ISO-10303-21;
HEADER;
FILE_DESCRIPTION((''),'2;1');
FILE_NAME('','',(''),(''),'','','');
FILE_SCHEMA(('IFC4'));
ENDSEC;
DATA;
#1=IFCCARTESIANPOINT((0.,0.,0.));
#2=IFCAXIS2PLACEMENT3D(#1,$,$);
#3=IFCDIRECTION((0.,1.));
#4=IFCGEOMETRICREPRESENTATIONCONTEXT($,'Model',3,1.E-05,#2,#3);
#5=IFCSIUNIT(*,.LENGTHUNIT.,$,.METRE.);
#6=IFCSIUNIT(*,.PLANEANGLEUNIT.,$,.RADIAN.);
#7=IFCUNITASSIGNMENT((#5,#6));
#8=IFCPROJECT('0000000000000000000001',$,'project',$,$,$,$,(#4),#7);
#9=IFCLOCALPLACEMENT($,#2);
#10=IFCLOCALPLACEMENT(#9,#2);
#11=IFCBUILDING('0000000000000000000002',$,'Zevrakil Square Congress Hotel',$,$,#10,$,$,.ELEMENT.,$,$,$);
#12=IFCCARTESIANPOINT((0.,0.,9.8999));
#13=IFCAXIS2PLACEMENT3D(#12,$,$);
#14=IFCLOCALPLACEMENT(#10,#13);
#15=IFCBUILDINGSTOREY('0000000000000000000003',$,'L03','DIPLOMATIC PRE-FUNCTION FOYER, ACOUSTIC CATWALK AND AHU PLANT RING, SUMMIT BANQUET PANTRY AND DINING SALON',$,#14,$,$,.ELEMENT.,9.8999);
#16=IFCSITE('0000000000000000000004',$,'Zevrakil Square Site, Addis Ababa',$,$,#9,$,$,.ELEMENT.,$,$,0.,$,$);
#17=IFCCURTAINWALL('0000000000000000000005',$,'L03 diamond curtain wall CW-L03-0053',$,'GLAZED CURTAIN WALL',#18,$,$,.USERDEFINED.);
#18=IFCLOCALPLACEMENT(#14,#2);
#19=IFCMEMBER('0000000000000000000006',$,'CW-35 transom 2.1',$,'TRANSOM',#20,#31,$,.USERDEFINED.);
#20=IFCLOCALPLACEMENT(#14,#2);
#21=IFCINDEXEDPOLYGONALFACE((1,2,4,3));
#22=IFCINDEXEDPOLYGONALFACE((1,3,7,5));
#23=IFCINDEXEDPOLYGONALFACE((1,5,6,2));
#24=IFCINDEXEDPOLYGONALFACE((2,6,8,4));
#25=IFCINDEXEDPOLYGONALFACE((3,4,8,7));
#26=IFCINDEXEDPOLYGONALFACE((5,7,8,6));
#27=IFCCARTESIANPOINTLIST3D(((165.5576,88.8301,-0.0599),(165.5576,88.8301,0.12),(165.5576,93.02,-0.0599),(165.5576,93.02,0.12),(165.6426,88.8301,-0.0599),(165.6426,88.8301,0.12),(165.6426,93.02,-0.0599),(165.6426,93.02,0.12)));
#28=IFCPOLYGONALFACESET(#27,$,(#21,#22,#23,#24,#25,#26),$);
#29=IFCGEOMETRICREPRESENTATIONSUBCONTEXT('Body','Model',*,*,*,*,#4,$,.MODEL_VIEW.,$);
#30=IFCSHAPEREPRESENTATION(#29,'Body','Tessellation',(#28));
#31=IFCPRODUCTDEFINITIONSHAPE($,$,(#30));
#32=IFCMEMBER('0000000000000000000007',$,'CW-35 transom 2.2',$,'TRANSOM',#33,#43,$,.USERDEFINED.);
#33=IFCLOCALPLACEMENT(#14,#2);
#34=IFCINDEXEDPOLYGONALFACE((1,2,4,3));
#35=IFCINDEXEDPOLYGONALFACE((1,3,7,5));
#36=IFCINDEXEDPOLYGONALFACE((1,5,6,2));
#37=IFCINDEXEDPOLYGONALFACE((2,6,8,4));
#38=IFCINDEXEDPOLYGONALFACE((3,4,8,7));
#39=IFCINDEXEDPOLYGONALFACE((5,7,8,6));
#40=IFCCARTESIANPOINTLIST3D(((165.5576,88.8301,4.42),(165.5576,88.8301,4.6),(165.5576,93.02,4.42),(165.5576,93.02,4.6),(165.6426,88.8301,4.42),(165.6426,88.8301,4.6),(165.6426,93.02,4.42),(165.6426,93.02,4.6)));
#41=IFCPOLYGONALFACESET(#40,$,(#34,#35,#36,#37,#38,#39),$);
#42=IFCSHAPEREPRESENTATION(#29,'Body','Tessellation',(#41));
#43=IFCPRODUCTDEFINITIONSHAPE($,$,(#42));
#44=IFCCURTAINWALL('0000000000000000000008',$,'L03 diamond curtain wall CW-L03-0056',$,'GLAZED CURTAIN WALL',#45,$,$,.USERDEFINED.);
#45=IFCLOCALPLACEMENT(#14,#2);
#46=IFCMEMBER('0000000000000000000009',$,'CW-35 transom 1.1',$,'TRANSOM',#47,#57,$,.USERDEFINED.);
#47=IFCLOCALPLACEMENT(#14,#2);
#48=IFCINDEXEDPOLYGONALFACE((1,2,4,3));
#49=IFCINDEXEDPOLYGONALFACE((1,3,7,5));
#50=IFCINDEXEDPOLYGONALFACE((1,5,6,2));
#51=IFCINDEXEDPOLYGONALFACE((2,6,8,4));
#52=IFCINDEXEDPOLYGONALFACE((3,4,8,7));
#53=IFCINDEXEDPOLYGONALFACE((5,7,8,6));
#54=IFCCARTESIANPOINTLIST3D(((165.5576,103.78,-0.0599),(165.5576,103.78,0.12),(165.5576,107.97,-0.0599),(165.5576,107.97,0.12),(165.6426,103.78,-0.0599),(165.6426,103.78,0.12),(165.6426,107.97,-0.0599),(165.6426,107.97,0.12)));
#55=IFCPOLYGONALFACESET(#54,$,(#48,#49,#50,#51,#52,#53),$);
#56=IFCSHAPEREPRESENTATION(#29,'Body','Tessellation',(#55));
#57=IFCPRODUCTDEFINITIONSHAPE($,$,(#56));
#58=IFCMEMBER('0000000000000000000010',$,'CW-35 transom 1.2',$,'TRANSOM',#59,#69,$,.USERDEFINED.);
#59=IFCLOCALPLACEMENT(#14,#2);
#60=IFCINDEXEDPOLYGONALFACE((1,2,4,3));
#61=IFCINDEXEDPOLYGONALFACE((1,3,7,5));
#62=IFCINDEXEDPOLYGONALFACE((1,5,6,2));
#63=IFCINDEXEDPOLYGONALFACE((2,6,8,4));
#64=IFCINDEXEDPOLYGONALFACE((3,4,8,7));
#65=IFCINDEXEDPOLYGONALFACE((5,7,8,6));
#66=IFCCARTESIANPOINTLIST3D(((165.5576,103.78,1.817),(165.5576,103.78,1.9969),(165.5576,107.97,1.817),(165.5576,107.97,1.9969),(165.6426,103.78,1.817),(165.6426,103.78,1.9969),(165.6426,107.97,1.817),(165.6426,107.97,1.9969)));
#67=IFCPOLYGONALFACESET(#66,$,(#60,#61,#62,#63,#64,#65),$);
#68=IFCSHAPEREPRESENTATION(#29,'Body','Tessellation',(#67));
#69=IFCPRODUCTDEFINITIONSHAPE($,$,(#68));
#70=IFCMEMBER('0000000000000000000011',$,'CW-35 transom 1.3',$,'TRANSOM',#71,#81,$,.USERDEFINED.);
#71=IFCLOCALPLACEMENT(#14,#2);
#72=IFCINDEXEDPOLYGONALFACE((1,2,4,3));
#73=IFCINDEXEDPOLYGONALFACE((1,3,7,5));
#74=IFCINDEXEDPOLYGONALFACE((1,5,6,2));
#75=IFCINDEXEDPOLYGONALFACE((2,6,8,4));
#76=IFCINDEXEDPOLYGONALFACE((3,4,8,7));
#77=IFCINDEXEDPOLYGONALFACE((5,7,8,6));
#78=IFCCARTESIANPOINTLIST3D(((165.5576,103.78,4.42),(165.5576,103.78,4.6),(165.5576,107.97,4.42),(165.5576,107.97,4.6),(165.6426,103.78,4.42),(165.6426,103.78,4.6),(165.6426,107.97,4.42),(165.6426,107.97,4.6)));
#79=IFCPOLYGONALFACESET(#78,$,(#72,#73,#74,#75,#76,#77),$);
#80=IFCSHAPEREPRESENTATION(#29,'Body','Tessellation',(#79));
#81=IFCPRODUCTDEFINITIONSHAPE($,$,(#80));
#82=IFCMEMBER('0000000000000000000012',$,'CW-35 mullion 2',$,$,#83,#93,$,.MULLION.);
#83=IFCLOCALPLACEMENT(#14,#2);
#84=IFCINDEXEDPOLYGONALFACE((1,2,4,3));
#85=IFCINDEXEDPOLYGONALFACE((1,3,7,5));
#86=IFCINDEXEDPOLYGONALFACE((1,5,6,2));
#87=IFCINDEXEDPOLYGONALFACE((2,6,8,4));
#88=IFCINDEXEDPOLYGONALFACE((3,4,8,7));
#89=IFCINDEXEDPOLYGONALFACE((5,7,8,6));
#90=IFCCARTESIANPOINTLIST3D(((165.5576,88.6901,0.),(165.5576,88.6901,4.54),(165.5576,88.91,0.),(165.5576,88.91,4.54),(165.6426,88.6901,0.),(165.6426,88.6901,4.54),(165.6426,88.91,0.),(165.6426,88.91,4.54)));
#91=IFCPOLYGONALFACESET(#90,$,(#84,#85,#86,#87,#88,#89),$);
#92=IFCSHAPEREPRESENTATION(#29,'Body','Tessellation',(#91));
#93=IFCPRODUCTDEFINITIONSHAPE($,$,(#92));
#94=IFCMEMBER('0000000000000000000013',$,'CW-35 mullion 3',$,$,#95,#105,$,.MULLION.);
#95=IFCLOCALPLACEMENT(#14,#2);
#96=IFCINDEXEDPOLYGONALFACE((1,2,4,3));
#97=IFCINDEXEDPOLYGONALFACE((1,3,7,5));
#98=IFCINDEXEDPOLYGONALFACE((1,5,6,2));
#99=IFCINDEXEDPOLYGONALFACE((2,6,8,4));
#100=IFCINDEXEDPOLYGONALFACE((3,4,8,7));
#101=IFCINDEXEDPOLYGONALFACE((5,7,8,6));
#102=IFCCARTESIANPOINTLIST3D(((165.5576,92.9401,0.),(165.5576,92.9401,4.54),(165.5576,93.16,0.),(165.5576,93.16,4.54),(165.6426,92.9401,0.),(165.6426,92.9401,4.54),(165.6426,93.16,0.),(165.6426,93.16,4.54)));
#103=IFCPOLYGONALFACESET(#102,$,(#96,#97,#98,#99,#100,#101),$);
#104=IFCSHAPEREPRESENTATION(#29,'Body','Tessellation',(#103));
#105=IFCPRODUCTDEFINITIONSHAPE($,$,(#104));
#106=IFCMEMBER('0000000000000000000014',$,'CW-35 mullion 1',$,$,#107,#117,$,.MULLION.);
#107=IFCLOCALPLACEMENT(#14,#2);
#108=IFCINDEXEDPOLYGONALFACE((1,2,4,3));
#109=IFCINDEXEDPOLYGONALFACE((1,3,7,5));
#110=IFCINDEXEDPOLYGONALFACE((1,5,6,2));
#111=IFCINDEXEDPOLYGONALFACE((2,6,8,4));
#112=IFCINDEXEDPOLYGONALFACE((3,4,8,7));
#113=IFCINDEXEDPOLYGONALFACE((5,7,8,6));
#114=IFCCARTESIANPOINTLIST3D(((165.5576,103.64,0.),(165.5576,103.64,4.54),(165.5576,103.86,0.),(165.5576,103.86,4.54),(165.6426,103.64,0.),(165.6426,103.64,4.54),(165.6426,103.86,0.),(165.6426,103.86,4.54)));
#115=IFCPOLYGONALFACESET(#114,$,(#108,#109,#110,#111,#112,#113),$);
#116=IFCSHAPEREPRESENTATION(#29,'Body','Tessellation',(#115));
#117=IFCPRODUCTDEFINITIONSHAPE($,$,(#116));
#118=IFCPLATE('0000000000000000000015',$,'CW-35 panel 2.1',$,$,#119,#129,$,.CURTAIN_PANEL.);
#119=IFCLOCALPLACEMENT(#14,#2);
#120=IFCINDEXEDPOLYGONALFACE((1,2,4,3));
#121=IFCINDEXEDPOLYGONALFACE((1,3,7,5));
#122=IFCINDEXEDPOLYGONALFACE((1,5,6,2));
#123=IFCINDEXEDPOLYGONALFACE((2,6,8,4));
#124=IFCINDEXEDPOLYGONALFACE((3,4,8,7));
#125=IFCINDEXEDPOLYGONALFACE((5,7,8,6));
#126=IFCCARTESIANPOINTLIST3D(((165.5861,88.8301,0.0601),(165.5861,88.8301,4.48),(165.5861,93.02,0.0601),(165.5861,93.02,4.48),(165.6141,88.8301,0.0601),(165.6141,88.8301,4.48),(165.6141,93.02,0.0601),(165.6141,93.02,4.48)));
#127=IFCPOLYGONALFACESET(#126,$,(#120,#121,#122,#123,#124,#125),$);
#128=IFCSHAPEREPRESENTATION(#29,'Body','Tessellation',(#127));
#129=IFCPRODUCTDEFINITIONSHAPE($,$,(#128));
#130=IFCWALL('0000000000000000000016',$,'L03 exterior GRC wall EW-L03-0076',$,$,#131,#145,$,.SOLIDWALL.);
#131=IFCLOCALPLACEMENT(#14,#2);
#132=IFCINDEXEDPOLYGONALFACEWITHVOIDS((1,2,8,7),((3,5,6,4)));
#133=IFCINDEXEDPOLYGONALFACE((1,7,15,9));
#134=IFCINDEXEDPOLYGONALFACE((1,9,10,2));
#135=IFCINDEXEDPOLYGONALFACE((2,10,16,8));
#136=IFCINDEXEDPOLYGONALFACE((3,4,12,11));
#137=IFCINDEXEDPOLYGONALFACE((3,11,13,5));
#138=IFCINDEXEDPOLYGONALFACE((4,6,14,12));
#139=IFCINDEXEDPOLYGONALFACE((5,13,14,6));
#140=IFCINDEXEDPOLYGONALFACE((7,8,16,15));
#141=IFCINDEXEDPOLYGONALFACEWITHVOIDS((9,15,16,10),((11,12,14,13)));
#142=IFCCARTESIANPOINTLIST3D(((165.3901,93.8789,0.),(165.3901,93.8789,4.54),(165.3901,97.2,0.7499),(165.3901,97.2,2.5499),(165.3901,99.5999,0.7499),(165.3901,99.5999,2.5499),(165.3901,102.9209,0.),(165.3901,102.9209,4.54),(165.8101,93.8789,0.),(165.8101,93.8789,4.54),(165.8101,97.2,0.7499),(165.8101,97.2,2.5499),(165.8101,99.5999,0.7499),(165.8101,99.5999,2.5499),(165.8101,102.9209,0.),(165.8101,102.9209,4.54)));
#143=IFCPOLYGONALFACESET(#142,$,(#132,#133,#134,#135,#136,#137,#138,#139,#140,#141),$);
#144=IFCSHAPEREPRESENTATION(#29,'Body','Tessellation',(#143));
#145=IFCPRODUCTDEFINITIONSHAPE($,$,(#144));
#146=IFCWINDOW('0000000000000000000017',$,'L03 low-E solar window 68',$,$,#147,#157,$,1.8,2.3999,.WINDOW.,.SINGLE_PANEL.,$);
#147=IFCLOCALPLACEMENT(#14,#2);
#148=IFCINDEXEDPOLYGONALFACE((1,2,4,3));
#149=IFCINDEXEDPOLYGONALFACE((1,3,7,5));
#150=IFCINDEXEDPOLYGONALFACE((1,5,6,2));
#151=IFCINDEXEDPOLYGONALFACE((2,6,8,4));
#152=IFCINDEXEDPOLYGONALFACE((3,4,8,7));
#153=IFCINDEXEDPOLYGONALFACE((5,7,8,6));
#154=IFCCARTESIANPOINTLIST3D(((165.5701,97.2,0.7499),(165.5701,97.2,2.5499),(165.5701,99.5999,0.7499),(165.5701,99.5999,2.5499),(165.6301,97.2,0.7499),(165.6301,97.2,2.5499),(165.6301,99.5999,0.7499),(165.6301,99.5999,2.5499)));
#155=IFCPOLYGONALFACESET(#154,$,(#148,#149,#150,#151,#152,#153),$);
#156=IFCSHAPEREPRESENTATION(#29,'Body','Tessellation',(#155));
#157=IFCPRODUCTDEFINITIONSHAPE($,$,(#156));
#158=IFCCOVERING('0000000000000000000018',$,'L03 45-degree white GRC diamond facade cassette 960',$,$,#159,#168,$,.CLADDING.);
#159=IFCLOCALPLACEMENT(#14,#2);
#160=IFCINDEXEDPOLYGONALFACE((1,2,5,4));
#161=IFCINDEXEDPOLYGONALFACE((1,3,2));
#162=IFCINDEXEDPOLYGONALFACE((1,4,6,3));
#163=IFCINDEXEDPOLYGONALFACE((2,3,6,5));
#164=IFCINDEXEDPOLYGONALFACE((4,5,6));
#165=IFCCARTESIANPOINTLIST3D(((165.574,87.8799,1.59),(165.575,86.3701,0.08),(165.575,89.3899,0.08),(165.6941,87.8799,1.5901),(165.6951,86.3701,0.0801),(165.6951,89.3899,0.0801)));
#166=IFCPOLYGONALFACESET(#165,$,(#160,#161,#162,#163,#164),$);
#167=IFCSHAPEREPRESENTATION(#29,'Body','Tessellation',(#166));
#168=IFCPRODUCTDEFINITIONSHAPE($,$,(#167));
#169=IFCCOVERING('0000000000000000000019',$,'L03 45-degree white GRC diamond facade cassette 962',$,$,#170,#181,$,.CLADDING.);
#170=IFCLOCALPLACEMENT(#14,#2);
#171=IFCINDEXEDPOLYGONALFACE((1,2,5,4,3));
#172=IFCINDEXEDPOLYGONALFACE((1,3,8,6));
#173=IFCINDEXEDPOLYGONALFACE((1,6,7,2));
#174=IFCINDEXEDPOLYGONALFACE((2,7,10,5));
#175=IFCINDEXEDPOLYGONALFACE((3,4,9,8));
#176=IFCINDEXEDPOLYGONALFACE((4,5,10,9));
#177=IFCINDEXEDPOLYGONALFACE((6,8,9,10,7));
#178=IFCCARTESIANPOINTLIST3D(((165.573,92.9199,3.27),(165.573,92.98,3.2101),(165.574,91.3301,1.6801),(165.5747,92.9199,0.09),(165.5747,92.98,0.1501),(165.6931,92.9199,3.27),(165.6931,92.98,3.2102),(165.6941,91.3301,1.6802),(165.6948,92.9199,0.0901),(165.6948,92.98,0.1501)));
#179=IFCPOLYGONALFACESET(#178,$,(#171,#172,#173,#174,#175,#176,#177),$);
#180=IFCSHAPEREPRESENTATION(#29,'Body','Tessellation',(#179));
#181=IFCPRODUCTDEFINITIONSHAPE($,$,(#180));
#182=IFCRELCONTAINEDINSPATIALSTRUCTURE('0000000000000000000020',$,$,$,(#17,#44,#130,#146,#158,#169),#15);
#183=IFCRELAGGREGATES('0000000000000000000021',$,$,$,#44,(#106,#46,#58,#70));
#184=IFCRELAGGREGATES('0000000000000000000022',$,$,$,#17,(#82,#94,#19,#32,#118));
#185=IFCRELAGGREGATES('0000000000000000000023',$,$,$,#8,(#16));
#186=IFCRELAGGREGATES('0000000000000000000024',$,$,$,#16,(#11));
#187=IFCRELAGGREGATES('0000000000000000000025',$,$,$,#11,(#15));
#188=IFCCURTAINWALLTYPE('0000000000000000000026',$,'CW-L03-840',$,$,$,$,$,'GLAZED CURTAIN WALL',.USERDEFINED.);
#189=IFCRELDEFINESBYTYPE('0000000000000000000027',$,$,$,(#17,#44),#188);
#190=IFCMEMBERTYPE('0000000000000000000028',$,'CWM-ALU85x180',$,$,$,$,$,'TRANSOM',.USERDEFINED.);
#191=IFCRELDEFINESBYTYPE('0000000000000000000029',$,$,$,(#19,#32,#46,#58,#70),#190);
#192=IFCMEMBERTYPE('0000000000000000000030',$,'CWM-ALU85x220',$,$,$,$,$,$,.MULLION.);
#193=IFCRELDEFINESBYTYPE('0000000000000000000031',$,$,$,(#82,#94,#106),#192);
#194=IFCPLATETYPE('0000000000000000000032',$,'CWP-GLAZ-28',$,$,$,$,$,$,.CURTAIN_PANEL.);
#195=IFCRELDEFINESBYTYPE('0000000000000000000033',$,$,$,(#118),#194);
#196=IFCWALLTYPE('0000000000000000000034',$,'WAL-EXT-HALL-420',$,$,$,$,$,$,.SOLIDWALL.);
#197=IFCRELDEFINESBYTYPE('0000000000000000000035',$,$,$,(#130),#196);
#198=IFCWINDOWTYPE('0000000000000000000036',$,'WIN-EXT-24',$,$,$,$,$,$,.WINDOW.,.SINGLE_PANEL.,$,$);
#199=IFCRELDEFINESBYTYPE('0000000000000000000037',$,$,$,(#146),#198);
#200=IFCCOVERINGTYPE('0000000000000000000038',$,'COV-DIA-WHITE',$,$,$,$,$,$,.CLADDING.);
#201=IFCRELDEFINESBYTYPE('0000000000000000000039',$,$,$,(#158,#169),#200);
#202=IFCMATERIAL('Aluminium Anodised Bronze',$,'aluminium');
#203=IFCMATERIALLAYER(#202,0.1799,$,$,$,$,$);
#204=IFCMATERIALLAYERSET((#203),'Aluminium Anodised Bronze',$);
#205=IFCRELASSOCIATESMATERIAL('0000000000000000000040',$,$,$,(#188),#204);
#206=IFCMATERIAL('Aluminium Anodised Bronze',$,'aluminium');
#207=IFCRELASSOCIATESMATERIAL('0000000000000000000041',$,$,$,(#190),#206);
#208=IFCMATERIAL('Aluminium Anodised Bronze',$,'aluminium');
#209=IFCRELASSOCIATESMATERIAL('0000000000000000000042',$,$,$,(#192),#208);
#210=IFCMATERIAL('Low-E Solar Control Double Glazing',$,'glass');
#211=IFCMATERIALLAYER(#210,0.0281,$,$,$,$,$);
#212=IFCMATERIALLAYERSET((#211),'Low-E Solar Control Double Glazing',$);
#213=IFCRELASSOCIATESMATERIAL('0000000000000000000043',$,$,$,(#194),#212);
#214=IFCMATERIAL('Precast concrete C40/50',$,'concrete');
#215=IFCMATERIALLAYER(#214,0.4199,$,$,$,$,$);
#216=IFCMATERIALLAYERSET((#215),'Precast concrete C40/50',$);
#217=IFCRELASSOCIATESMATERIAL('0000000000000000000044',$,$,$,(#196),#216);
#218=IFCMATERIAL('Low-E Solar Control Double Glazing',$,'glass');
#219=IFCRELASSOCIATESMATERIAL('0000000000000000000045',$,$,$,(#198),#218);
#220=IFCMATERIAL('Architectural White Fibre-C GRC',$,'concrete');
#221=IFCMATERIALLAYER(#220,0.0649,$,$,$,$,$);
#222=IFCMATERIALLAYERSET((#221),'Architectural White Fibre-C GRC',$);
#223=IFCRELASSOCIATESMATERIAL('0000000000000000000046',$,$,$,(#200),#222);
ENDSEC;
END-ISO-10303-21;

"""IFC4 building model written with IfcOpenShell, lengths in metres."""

from ifc_helpers import new_model, si_unit, direction, frame, frame_2d, origin, origin_2d, place, context, subcontext, project, spatial, polyline, rectangle, outline, extrude, material, layer, layer_set, material_profile, profile_set, type_object, element, fill, aggregate, save


model = new_model("IFC4")

# Units and contexts
model_context = context("Model", 3, precision=1e-05, world=origin(), true_north=direction((0.0, 1.0)))
body_context = subcontext(model_context, "Body", "Model", "MODEL_VIEW")
ifc_project = project(units=[si_unit("LENGTHUNIT", "METRE"), si_unit("PLANEANGLEUNIT", "RADIAN")], contexts=[model_context])

# Site, building, storey
site_placement = place(None, origin())
site = spatial("IfcSite", under=ifc_project, at=site_placement, Name="Zevrakil Square Site, Addis Ababa", CompositionType="ELEMENT", RefElevation=0.0)
building_placement = place(site_placement, origin())
building = spatial("IfcBuilding", under=site, at=building_placement, Name="Zevrakil Square Congress Hotel", CompositionType="ELEMENT")
storey_placement = place(building_placement, frame((0.0, 0.0, 9.8999)))
storey = spatial("IfcBuildingStorey", under=building, at=storey_placement, Name="L03", Description="DIPLOMATIC PRE-FUNCTION FOYER, ACOUSTIC CATWALK AND AHU PLANT RING, SUMMIT BANQUET PANTRY AND DINING SALON", CompositionType="ELEMENT", Elevation=9.8999)

# Curtain walls, members
ifc_material_1 = material(Name="Aluminium Anodised Bronze", Category="aluminium")
ifc_layer_1 = layer(ifc_material_1, 0.1799)
ifc_layer_set_1 = layer_set([ifc_layer_1], Name="Aluminium Anodised Bronze")
curtain_wall_type = type_object("IfcCurtainWallType", Name="CW-L03-840", ElementType="GLAZED CURTAIN WALL", PredefinedType="USERDEFINED", material=ifc_layer_set_1)
curtain_wall_1_placement = place(storey_placement, origin())
curtain_wall_1 = element("IfcCurtainWall", 1, at=curtain_wall_1_placement, inside=storey, type_object=curtain_wall_type, Name="L03 diamond curtain wall CW-L03-0053", ObjectType="GLAZED CURTAIN WALL", PredefinedType="USERDEFINED")
ifc_material_2 = material(Name="Aluminium Anodised Bronze", Category="aluminium")
ifc_material_profile_1 = material_profile(ifc_material_2, rectangle(XDim=0.085, YDim=0.1799, at=origin_2d()), Name="ALU 85x180")
ifc_profile_set_1 = profile_set([ifc_material_profile_1], Name="Aluminium Anodised Bronze")
member_type_1 = type_object("IfcMemberType", Name="CWM-ALU85x180", ElementType="TRANSOM", PredefinedType="USERDEFINED", material=ifc_profile_set_1)
member_1_placement = place(storey_placement, frame((165.6001, 88.8301, 0.03), z_axis=(0.0, 1.0, 0.0), x_axis=(-1.0, 0.0, 0.0)))
member_1 = element("IfcMember", 2, at=member_1_placement, type_object=member_type_1, Name="CW-35 transom 2.1", ObjectType="TRANSOM", PredefinedType="USERDEFINED", context=body_context, shape_type="SweptSolid", body=[
    extrude(rectangle(XDim=0.085, YDim=0.1799, at=origin_2d()), origin(), (0.0, 0.0, 1.0), 4.1899),
])
member_2_placement = place(storey_placement, frame((165.6001, 88.8301, 4.51), z_axis=(0.0, 1.0, 0.0), x_axis=(-1.0, 0.0, 0.0)))
member_2 = element("IfcMember", 3, at=member_2_placement, type_object=member_type_1, Name="CW-35 transom 2.2", ObjectType="TRANSOM", PredefinedType="USERDEFINED", context=body_context, shape_type="SweptSolid", body=[
    extrude(rectangle(XDim=0.085, YDim=0.1799, at=origin_2d()), origin(), (0.0, 0.0, 1.0), 4.1899),
])
curtain_wall_2_placement = place(storey_placement, origin())
curtain_wall_2 = element("IfcCurtainWall", 4, at=curtain_wall_2_placement, inside=storey, type_object=curtain_wall_type, Name="L03 diamond curtain wall CW-L03-0056", ObjectType="GLAZED CURTAIN WALL", PredefinedType="USERDEFINED")
member_3_placement = place(storey_placement, frame((165.6001, 103.78, 0.03), z_axis=(0.0, 1.0, 0.0), x_axis=(-1.0, 0.0, 0.0)))
member_3 = element("IfcMember", 5, at=member_3_placement, type_object=member_type_1, Name="CW-35 transom 1.1", ObjectType="TRANSOM", PredefinedType="USERDEFINED", context=body_context, shape_type="SweptSolid", body=[
    extrude(rectangle(XDim=0.085, YDim=0.1799, at=origin_2d()), origin(), (0.0, 0.0, 1.0), 4.1899),
])
member_4_placement = place(storey_placement, frame((165.6001, 103.78, 1.907), z_axis=(0.0, 1.0, 0.0), x_axis=(-1.0, 0.0, 0.0)))
member_4 = element("IfcMember", 6, at=member_4_placement, type_object=member_type_1, Name="CW-35 transom 1.2", ObjectType="TRANSOM", PredefinedType="USERDEFINED", context=body_context, shape_type="SweptSolid", body=[
    extrude(rectangle(XDim=0.085, YDim=0.1799, at=origin_2d()), origin(), (0.0, 0.0, 1.0), 4.1899),
])
member_5_placement = place(storey_placement, frame((165.6001, 103.78, 4.51), z_axis=(0.0, 1.0, 0.0), x_axis=(-1.0, 0.0, 0.0)))
member_5 = element("IfcMember", 7, at=member_5_placement, type_object=member_type_1, Name="CW-35 transom 1.3", ObjectType="TRANSOM", PredefinedType="USERDEFINED", context=body_context, shape_type="SweptSolid", body=[
    extrude(rectangle(XDim=0.085, YDim=0.1799, at=origin_2d()), origin(), (0.0, 0.0, 1.0), 4.1899),
])

# Members
ifc_material_3 = material(Name="Aluminium Anodised Bronze", Category="aluminium")
ifc_material_profile_2 = material_profile(ifc_material_3, rectangle(XDim=0.085, YDim=0.22, at=origin_2d()), Name="ALU 85x220")
ifc_profile_set_2 = profile_set([ifc_material_profile_2], Name="Aluminium Anodised Bronze")
member_type_2 = type_object("IfcMemberType", Name="CWM-ALU85x220", PredefinedType="MULLION", material=ifc_profile_set_2)
member_6_placement = place(storey_placement, frame((165.6001, 88.8, 0.0), z_axis=(0.0, 0.0, 1.0), x_axis=(-1.0, 0.0, 0.0)))
member_6 = element("IfcMember", 8, at=member_6_placement, type_object=member_type_2, Name="CW-35 mullion 2", PredefinedType="MULLION", context=body_context, shape_type="SweptSolid", body=[
    extrude(rectangle(XDim=0.085, YDim=0.22, at=origin_2d()), origin(), (0.0, 0.0, 1.0), 4.54),
])
member_7_placement = place(storey_placement, frame((165.6001, 93.05, 0.0), z_axis=(0.0, 0.0, 1.0), x_axis=(-1.0, 0.0, 0.0)))
member_7 = element("IfcMember", 9, at=member_7_placement, type_object=member_type_2, Name="CW-35 mullion 3", PredefinedType="MULLION", context=body_context, shape_type="SweptSolid", body=[
    extrude(rectangle(XDim=0.085, YDim=0.22, at=origin_2d()), origin(), (0.0, 0.0, 1.0), 4.54),
])
member_8_placement = place(storey_placement, frame((165.6001, 103.75, 0.0), z_axis=(0.0, 0.0, 1.0), x_axis=(-1.0, 0.0, 0.0)))
member_8 = element("IfcMember", 10, at=member_8_placement, type_object=member_type_2, Name="CW-35 mullion 1", PredefinedType="MULLION", context=body_context, shape_type="SweptSolid", body=[
    extrude(rectangle(XDim=0.085, YDim=0.22, at=origin_2d()), origin(), (0.0, 0.0, 1.0), 4.54),
])
aggregate(curtain_wall_2, [member_8, member_3, member_4, member_5])

# Plate
ifc_material_4 = material(Name="Low-E Solar Control Double Glazing", Category="glass")
ifc_layer_2 = layer(ifc_material_4, 0.0281)
ifc_layer_set_2 = layer_set([ifc_layer_2], Name="Low-E Solar Control Double Glazing")
plate_type = type_object("IfcPlateType", Name="CWP-GLAZ-28", PredefinedType="CURTAIN_PANEL", material=ifc_layer_set_2)
plate_placement = place(storey_placement, frame((165.6001, 90.925, 0.0601), z_axis=(0.0, 0.0, 1.0), x_axis=(0.0, 1.0, 0.0)))
plate = element("IfcPlate", 11, at=plate_placement, type_object=plate_type, Name="CW-35 panel 2.1", PredefinedType="CURTAIN_PANEL", context=body_context, shape_type="SweptSolid", body=[
    extrude(rectangle(XDim=4.1899, YDim=0.0281, at=origin_2d()), origin(), (0.0, 0.0, 1.0), 4.4199),
])
aggregate(curtain_wall_1, [member_6, member_7, member_1, member_2, plate])

# Wall, opening, window
ifc_material_5 = material(Name="Precast concrete C40/50", Category="concrete")
ifc_layer_3 = layer(ifc_material_5, 0.4199)
ifc_layer_set_3 = layer_set([ifc_layer_3], Name="Precast concrete C40/50")
wall_type = type_object("IfcWallType", Name="WAL-EXT-HALL-420", PredefinedType="SOLIDWALL", material=ifc_layer_set_3)
wall_placement = place(storey_placement, frame((165.6001, 93.8789, 0.0), z_axis=(0.0, 0.0, 1.0), x_axis=(0.0, 1.0, 0.0)))
wall = element("IfcWall", 12, at=wall_placement, inside=storey, type_object=wall_type, Name="L03 exterior GRC wall EW-L03-0076", PredefinedType="SOLIDWALL", context=body_context, shape_type="SweptSolid", body=[
    extrude(rectangle(XDim=9.042, YDim=0.4199, at=frame_2d((4.521, 0.0))), origin(), (0.0, 0.0, 1.0), 4.54),
])
opening_placement = place(wall_placement, frame((3.321, 0.0, 0.75)))
opening = element("IfcOpeningElement", 13, at=opening_placement, cuts=wall, PredefinedType="OPENING", context=body_context, shape_type="SweptSolid", body=[
    extrude(rectangle(XDim=2.3999, YDim=1.8, at=frame_2d((1.2, 0.8999))), frame((0.0, 0.22, 0.0), z_axis=(0.0, -1.0, 0.0), x_axis=(1.0, 0.0, 0.0)), (0.0, 0.0, 1.0), 0.4399),
])
ifc_material_6 = material(Name="Low-E Solar Control Double Glazing", Category="glass")
window_type = type_object("IfcWindowType", Name="WIN-EXT-24", PartitioningType="SINGLE_PANEL", PredefinedType="WINDOW", material=ifc_material_6)
window_placement = place(opening_placement, origin())
window = element("IfcWindow", 14, at=window_placement, inside=storey, type_object=window_type, Name="L03 low-E solar window 68", OverallHeight=1.8, OverallWidth=2.3999, PartitioningType="SINGLE_PANEL", PredefinedType="WINDOW", context=body_context, shape_type="SweptSolid", body=[
    extrude(rectangle(XDim=2.3999, YDim=1.8, at=frame_2d((1.2, 0.8999))), frame((0.0, 0.03, 0.0), z_axis=(0.0, -1.0, 0.0), x_axis=(1.0, 0.0, 0.0)), (0.0, 0.0, 1.0), 0.0601),
])
fill(opening, window)

# Coverings
ifc_material_7 = material(Name="Architectural White Fibre-C GRC", Category="concrete")
ifc_layer_4 = layer(ifc_material_7, 0.0649)
ifc_layer_set_4 = layer_set([ifc_layer_4], Name="Architectural White Fibre-C GRC")
covering_type_1 = type_object("IfcCoveringType", Name="COV-DIA-WHITE", PredefinedType="CLADDING", material=ifc_layer_set_4)
covering_1_placement = place(storey_placement, frame((165.6941, 87.8799, 1.5901), z_axis=(1.0, 0.0, 0.000647), x_axis=(0.000457, 0.707107, -0.707107)))
element("IfcCovering", 15, at=covering_1_placement, inside=storey, type_object=covering_type_1, Name="L03 45-degree white GRC diamond facade cassette 960", PredefinedType="CLADDING", context=body_context, shape_type="SweptSolid", body=[
    extrude(outline(polyline([(0.0, 0.0), (2.1355, 0.0), (0.0002, -2.1353), (0.0, 0.0)])), origin(), (0.0, 0.0, -1.0), 0.1201),
])
covering_2_placement = place(storey_placement, frame((165.6948, 92.9199, 0.0901), z_axis=(1.0, 0.000071, 0.000538), x_axis=(-0.00033, -0.707052, 0.707161)))
element("IfcCovering", 16, at=covering_2_placement, inside=storey, type_object=covering_type_1, Name="L03 45-degree white GRC diamond facade cassette 962", PredefinedType="CLADDING", context=body_context, shape_type="SweptSolid", body=[
    extrude(outline(polyline([(0.0, 0.0), (2.2486, 0.0), (2.2487, -2.2484), (2.164, -2.2486), (0.0, -0.0849), (0.0, 0.0)])), origin(), (0.0, 0.0, -1.0), 0.1201),
])

save(model, "model.ifc")
